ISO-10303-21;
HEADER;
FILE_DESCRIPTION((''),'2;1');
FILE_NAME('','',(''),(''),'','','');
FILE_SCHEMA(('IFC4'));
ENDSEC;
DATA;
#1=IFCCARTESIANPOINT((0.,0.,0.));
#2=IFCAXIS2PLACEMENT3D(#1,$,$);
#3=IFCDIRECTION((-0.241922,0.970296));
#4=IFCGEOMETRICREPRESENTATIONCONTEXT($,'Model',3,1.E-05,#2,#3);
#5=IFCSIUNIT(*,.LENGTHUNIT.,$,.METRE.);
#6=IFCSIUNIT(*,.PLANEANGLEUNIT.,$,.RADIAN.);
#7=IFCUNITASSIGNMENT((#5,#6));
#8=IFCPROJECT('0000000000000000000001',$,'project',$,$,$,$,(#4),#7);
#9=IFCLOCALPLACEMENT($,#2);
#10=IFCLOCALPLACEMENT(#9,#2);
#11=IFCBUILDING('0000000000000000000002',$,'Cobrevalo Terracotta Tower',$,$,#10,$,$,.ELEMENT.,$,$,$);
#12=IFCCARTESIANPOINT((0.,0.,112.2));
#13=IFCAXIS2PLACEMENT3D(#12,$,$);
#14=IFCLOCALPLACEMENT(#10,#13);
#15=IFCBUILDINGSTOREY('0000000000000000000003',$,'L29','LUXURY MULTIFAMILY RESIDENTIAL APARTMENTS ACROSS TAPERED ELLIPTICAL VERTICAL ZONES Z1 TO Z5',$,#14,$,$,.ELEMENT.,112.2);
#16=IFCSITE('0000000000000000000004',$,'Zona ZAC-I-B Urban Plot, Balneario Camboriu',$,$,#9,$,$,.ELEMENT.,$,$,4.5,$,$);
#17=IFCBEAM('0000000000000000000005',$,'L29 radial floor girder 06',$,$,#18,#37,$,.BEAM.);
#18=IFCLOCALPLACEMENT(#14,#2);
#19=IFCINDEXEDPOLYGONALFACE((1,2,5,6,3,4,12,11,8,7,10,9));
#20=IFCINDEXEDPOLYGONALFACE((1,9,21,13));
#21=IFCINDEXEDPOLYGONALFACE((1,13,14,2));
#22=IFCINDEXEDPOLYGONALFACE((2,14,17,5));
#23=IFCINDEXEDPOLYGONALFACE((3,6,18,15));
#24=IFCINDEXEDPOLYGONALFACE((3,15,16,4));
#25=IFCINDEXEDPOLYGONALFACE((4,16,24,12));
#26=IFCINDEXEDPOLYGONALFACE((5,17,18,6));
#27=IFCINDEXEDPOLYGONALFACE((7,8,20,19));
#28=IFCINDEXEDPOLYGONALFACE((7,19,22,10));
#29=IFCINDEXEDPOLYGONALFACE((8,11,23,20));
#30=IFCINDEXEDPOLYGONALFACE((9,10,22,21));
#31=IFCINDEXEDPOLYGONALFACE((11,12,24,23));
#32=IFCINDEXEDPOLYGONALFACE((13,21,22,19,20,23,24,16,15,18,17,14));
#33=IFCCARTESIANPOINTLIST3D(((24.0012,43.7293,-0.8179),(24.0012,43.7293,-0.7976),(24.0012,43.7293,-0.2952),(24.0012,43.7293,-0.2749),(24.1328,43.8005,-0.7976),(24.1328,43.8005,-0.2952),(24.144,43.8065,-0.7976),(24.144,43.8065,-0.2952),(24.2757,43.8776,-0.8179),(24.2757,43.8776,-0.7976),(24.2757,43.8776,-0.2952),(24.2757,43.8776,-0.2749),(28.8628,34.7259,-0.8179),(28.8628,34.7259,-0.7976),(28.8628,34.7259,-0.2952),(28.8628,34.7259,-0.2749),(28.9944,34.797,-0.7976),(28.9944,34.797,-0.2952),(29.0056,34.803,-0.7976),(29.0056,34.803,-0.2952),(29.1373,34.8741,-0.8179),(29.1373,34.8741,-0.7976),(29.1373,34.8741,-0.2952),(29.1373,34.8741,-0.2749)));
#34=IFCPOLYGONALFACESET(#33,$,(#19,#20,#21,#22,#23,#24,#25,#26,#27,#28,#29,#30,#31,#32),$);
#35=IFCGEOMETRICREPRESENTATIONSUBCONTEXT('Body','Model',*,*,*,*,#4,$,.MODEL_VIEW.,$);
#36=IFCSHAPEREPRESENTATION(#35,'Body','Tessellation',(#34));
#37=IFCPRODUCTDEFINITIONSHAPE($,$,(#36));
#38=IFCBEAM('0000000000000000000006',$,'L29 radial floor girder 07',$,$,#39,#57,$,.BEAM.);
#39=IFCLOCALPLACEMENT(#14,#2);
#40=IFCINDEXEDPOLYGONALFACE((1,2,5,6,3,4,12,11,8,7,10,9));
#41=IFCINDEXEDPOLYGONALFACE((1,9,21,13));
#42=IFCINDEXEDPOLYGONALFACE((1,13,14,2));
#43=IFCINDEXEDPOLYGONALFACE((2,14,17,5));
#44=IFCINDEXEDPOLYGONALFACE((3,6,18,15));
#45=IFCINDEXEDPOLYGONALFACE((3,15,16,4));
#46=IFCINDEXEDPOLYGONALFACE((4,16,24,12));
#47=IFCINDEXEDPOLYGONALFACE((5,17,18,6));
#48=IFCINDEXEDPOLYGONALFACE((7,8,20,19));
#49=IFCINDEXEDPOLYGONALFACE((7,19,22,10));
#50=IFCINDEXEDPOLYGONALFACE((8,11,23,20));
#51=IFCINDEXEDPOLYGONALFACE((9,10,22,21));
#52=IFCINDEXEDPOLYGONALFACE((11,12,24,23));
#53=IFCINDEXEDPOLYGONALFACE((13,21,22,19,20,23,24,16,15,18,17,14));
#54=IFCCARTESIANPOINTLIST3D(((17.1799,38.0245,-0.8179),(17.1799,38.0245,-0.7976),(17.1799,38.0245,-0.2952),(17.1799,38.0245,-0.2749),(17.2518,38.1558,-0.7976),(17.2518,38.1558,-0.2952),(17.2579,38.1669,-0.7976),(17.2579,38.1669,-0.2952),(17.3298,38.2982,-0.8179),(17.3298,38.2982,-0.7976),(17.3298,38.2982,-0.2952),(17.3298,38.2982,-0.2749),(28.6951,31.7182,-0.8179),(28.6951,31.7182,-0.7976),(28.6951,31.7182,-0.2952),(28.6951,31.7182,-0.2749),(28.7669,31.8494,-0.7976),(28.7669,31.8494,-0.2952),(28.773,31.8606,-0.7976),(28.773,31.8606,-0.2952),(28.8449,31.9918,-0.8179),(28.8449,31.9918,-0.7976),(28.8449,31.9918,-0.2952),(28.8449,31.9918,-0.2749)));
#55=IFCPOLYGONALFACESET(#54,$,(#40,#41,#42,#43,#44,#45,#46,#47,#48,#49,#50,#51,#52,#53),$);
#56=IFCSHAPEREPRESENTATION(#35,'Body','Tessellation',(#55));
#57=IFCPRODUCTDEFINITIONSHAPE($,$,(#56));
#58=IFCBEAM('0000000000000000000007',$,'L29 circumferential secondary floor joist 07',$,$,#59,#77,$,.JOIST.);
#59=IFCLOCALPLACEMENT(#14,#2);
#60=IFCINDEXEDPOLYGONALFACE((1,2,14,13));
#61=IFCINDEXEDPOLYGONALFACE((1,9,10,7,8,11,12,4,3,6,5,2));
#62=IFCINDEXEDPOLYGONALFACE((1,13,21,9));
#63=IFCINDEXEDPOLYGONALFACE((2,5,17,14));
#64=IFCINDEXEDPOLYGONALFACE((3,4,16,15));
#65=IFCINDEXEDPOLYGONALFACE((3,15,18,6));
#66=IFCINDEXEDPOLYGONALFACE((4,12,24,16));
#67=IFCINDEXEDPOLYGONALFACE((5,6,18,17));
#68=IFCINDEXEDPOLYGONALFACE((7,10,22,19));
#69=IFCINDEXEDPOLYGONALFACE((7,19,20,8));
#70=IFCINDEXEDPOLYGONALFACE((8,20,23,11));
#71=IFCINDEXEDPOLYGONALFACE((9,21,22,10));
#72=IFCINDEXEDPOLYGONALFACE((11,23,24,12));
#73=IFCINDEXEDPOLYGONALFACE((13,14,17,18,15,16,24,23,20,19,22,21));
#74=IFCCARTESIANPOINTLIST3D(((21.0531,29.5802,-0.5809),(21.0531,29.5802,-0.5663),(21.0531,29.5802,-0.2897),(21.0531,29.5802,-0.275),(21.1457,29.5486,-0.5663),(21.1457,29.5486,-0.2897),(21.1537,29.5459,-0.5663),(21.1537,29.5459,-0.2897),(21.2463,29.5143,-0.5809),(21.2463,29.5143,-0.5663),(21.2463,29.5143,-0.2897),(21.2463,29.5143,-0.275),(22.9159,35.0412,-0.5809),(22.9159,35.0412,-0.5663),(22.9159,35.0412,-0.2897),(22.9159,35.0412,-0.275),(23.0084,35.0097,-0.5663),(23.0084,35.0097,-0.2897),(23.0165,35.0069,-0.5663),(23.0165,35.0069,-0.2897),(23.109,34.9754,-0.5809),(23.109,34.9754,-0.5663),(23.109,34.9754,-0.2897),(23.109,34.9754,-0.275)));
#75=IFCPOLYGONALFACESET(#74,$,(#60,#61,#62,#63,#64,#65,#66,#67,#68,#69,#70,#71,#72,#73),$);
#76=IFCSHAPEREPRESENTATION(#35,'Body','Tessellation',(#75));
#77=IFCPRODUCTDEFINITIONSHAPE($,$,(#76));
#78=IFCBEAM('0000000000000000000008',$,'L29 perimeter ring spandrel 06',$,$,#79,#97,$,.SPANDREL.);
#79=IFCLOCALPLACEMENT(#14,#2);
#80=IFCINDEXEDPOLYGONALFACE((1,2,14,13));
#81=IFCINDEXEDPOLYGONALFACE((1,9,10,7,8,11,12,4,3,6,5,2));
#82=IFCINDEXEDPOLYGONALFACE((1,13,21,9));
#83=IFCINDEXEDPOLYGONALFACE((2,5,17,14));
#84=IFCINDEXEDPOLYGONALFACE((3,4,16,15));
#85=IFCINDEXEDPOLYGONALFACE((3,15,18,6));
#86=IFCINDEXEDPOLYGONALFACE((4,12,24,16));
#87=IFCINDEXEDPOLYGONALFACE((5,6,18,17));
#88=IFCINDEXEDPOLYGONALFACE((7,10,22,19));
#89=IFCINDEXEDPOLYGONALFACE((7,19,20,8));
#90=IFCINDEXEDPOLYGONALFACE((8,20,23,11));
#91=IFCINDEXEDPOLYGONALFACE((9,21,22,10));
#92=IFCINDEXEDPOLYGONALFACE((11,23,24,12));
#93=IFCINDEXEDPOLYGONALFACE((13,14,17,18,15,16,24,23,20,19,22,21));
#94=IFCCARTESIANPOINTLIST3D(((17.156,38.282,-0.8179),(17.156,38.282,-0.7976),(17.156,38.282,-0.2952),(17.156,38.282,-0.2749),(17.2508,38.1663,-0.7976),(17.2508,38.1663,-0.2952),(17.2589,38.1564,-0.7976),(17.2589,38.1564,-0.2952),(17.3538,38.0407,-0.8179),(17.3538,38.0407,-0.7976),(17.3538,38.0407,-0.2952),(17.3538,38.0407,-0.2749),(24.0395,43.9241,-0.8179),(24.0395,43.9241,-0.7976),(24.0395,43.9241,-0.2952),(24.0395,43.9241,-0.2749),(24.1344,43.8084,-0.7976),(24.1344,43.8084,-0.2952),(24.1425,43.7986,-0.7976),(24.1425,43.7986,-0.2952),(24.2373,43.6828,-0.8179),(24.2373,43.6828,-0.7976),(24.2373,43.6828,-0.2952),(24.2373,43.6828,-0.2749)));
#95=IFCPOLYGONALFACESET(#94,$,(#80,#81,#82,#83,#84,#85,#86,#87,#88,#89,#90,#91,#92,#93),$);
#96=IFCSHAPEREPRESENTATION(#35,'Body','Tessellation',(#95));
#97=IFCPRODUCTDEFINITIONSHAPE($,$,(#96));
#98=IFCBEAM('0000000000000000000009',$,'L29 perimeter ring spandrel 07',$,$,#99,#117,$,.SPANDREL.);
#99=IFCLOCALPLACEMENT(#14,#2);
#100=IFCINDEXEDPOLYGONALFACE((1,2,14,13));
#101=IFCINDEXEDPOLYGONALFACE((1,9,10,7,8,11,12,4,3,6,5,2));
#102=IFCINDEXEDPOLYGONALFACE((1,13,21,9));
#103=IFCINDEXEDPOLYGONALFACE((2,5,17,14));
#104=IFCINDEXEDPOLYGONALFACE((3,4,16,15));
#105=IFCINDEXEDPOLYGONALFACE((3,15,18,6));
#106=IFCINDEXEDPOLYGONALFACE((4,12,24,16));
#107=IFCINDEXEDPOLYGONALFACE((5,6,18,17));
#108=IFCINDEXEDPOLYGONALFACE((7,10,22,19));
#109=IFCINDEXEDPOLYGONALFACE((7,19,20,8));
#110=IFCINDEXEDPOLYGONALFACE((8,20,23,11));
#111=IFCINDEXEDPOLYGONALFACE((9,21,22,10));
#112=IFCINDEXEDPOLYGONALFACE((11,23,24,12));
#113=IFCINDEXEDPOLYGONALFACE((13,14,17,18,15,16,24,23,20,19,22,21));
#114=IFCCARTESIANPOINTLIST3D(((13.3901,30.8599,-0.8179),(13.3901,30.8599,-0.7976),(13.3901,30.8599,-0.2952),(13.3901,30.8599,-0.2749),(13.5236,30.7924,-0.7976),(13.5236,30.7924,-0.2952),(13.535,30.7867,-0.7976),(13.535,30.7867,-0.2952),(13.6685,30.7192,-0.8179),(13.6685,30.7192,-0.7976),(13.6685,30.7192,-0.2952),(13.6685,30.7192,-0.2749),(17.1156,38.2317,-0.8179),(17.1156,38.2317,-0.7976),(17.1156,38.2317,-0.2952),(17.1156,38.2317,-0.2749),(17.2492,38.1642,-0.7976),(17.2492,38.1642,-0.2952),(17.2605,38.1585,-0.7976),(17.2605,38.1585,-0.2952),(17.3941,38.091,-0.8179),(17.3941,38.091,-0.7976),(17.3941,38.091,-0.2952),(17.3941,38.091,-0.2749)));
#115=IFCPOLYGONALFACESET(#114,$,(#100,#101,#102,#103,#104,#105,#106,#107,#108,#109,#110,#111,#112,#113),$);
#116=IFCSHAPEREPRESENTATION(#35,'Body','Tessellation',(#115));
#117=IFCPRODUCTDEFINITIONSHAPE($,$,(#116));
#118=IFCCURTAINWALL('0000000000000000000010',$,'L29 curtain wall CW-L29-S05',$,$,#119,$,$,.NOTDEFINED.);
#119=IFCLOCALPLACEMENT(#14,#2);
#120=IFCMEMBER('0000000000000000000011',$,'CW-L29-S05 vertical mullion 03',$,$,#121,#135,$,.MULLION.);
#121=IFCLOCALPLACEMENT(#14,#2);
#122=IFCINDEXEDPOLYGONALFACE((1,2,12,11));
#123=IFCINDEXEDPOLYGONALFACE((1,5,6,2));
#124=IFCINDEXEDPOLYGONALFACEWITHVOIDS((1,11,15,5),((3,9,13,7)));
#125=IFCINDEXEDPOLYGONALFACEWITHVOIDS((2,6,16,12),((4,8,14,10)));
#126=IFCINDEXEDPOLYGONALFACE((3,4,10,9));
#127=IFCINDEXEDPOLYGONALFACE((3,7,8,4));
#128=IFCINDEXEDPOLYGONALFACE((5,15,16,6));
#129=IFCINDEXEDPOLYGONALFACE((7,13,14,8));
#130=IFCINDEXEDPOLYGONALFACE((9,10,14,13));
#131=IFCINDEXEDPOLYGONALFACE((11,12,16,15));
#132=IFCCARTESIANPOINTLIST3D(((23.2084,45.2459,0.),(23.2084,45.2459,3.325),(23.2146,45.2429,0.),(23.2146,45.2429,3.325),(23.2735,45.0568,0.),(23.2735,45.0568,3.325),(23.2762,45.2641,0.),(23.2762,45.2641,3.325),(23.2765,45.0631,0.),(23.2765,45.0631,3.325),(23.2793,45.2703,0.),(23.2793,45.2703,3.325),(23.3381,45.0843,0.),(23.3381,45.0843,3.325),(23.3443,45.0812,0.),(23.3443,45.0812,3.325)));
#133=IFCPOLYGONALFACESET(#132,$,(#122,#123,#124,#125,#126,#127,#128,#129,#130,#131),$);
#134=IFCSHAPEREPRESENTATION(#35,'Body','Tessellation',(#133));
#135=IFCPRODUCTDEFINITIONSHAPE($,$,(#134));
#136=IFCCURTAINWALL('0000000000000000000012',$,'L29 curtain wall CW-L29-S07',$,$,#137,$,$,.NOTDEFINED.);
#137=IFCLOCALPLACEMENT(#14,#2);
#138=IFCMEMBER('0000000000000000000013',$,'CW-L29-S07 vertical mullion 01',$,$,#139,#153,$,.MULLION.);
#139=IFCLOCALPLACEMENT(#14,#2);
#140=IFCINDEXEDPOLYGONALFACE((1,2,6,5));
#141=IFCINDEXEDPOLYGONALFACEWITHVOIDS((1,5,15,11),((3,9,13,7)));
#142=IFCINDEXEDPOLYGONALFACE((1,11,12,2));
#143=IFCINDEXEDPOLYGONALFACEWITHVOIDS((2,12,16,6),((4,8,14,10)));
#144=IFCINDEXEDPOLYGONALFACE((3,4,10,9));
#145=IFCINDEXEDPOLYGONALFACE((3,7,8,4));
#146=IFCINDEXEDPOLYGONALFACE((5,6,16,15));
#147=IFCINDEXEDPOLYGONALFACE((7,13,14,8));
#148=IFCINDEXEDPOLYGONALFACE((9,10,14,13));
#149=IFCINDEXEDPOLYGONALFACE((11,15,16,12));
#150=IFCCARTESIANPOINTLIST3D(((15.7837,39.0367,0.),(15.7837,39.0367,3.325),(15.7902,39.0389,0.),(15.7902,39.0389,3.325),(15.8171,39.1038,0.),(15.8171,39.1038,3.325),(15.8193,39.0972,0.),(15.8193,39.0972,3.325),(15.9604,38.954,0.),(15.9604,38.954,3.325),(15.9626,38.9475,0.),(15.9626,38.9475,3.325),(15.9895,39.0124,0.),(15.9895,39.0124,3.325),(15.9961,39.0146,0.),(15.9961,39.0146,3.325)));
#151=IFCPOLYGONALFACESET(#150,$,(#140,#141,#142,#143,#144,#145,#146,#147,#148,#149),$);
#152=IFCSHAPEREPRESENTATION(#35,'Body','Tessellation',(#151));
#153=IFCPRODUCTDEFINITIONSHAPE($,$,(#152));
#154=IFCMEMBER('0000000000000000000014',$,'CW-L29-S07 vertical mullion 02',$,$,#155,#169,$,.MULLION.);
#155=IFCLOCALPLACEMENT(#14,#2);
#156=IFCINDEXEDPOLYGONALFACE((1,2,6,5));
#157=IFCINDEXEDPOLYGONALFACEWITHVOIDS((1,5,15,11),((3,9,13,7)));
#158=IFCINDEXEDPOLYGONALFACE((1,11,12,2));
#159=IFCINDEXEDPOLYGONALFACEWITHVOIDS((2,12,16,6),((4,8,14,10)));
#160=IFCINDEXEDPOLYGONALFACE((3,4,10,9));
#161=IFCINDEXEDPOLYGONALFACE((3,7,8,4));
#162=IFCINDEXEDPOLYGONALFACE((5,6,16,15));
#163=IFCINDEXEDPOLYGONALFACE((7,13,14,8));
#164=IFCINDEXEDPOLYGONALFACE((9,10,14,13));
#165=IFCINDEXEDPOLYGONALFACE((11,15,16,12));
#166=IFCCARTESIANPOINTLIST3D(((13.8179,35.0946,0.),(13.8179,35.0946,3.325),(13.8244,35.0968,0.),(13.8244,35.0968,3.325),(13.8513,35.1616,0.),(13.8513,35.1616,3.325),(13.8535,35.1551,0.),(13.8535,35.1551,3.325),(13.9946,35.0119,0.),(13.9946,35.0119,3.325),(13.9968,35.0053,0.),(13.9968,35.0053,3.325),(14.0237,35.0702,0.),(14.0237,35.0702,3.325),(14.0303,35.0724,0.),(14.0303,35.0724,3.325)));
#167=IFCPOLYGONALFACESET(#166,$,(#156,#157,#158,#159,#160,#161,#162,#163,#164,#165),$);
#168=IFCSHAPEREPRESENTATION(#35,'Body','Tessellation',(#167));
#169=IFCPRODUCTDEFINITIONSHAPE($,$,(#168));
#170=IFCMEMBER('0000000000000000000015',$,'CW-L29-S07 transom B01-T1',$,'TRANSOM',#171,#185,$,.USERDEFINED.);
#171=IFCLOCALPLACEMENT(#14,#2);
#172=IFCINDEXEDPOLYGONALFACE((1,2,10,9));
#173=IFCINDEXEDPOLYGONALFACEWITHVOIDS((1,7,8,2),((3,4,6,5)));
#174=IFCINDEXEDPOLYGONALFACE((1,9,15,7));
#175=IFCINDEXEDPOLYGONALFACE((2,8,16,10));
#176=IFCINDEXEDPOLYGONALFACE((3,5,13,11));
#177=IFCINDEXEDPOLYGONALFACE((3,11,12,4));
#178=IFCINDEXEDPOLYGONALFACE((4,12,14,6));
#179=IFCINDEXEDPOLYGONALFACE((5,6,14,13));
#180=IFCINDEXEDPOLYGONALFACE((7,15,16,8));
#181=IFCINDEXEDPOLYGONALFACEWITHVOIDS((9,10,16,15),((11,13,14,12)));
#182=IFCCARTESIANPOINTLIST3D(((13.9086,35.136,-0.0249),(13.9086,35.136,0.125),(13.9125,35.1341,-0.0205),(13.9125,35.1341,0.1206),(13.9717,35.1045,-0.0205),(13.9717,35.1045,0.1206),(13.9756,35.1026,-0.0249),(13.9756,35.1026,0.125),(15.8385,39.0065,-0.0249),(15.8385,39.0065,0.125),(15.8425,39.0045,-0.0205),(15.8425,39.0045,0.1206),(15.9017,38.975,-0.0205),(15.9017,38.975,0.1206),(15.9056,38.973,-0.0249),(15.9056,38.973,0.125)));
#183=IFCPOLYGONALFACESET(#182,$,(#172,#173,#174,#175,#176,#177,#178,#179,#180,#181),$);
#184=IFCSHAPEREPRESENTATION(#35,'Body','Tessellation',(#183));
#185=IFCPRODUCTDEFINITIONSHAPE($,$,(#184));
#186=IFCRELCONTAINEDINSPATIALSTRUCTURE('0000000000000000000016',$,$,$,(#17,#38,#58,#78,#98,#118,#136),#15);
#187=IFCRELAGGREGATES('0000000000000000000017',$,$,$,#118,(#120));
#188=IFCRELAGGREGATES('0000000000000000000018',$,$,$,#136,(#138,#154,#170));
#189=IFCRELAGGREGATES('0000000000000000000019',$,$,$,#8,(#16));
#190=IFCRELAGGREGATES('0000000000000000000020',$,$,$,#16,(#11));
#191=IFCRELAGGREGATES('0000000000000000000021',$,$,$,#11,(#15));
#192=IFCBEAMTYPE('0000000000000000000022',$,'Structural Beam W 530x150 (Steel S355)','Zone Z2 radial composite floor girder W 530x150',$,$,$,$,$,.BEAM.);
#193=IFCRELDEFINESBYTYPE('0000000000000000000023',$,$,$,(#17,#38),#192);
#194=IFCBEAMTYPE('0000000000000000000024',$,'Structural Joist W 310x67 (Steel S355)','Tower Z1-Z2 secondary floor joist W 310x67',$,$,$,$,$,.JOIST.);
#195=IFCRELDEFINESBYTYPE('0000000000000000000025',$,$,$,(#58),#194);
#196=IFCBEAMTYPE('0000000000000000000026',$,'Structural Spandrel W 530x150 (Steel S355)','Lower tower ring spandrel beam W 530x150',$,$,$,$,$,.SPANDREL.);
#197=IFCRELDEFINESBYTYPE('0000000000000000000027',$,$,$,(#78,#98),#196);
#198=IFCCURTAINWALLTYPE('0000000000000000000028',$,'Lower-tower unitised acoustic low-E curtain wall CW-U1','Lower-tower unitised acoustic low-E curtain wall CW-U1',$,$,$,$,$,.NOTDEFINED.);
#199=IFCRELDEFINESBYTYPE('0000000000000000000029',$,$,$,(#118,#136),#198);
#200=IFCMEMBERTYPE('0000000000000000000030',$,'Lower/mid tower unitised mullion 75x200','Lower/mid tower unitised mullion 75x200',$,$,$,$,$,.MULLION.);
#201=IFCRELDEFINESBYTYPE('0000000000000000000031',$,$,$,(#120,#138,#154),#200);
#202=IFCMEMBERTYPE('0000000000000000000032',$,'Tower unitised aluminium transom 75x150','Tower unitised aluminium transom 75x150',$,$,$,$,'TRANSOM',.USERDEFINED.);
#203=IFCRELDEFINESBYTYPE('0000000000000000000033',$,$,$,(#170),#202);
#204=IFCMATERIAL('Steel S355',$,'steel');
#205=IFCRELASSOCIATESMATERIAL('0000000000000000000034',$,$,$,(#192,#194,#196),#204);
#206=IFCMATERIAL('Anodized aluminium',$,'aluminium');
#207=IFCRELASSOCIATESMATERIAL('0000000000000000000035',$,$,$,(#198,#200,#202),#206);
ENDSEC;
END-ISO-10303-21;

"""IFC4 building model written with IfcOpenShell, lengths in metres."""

from ifc_helpers import new_model, si_unit, direction, frame, origin, origin_2d, place, context, subcontext, project, spatial, hollow_rectangle, i_section, extrude, source, transform, mapped, material, material_profile, profile_set, type_object, element, aggregate, save


model = new_model("IFC4")

# Units and contexts
model_context = context("Model", 3, precision=1e-05, world=origin(), true_north=direction((-0.241922, 0.970296)))
body_context = subcontext(model_context, "Body", "Model", "MODEL_VIEW")
ifc_project = project(units=[si_unit("LENGTHUNIT", "METRE"), si_unit("PLANEANGLEUNIT", "RADIAN")], contexts=[model_context])

# Site, building, storey
site_placement = place(None, origin())
site = spatial("IfcSite", under=ifc_project, at=site_placement, Name="Zona ZAC-I-B Urban Plot, Balneario Camboriu", CompositionType="ELEMENT", RefElevation=4.5)
building_placement = place(site_placement, origin())
building = spatial("IfcBuilding", under=site, at=building_placement, Name="Cobrevalo Terracotta Tower", CompositionType="ELEMENT")
storey_placement = place(building_placement, frame((0.0, 0.0, 112.2)))
storey = spatial("IfcBuildingStorey", under=building, at=storey_placement, Name="L29", Description="LUXURY MULTIFAMILY RESIDENTIAL APARTMENTS ACROSS TAPERED ELLIPTICAL VERTICAL ZONES Z1 TO Z5", CompositionType="ELEMENT", Elevation=112.2)

# Shared definitions
ifc_material_1 = material(Name="Steel S355", Category="steel")

# Beams
ifc_material_profile_1 = material_profile(ifc_material_1, i_section(OverallWidth=0.312, OverallDepth=0.543, WebThickness=0.0127, FlangeThickness=0.0203, at=origin_2d()), Name="W 530x150")
ifc_profile_set_1 = profile_set([ifc_material_profile_1], Name="Steel S355")
beam_type_1 = type_object("IfcBeamType", Name="Structural Beam W 530x150 (Steel S355)", Description="Zone Z2 radial composite floor girder W 530x150", PredefinedType="BEAM", material=ifc_profile_set_1)
beam_1_placement = place(storey_placement, frame((24.1384, 43.8035, -0.5464), z_axis=(0.475128, -0.879917, 0.0), x_axis=(0.879917, 0.475128, 0.0)))
element("IfcBeam", 1, at=beam_1_placement, inside=storey, type_object=beam_type_1, Name="L29 radial floor girder 06", PredefinedType="BEAM", context=body_context, shape_type="SweptSolid", body=[
    extrude(i_section(OverallWidth=0.312, OverallDepth=0.543, WebThickness=0.0127, FlangeThickness=0.0203, at=origin_2d()), origin(), (0.0, 0.0, 1.0), 10.2322),
])
beam_2_placement = place(storey_placement, frame((17.2549, 38.1614, -0.5464), z_axis=(0.877081, -0.480343, 0.0), x_axis=(0.480343, 0.877081, 0.0)))
element("IfcBeam", 2, at=beam_2_placement, inside=storey, type_object=beam_type_1, Name="L29 radial floor girder 07", PredefinedType="BEAM", context=body_context, shape_type="SweptSolid", body=[
    extrude(i_section(OverallWidth=0.312, OverallDepth=0.543, WebThickness=0.0127, FlangeThickness=0.0203, at=origin_2d()), origin(), (0.0, 0.0, 1.0), 13.1289),
])
ifc_material_profile_2 = material_profile(ifc_material_1, i_section(OverallWidth=0.2041, OverallDepth=0.3059, WebThickness=0.0085, FlangeThickness=0.0146, at=origin_2d()), Name="W 310x67")
ifc_profile_set_2 = profile_set([ifc_material_profile_2], Name="Steel S355")
beam_type_2 = type_object("IfcBeamType", Name="Structural Joist W 310x67 (Steel S355)", Description="Tower Z1-Z2 secondary floor joist W 310x67", PredefinedType="JOIST", material=ifc_profile_set_2)
beam_3_placement = place(storey_placement, frame((23.0125, 35.0083, -0.428), z_axis=(-0.322833, -0.946456, 0.0), x_axis=(0.946456, -0.322833, 0.0)))
element("IfcBeam", 3, at=beam_3_placement, inside=storey, type_object=beam_type_2, Name="L29 circumferential secondary floor joist 07", PredefinedType="JOIST", context=body_context, shape_type="SweptSolid", body=[
    extrude(i_section(OverallWidth=0.2041, OverallDepth=0.3059, WebThickness=0.0085, FlangeThickness=0.0146, at=origin_2d()), origin(), (0.0, 0.0, 1.0), 5.77),
])
ifc_material_profile_3 = material_profile(ifc_material_1, i_section(OverallWidth=0.312, OverallDepth=0.543, WebThickness=0.0127, FlangeThickness=0.0203, at=origin_2d()), Name="W 530x150")
ifc_profile_set_3 = profile_set([ifc_material_profile_3], Name="Steel S355")
beam_type_3 = type_object("IfcBeamType", Name="Structural Spandrel W 530x150 (Steel S355)", Description="Lower tower ring spandrel beam W 530x150", PredefinedType="SPANDREL", material=ifc_profile_set_3)
beam_4_placement = place(storey_placement, frame((24.1384, 43.8035, -0.5464), z_axis=(-0.773401, -0.633917, 0.0), x_axis=(0.633917, -0.773401, 0.0)))
element("IfcBeam", 4, at=beam_4_placement, inside=storey, type_object=beam_type_3, Name="L29 perimeter ring spandrel 06", PredefinedType="SPANDREL", context=body_context, shape_type="SweptSolid", body=[
    extrude(i_section(OverallWidth=0.312, OverallDepth=0.543, WebThickness=0.0127, FlangeThickness=0.0203, at=origin_2d()), origin(), (0.0, 0.0, 1.0), 8.9004),
])
beam_5_placement = place(storey_placement, frame((17.2549, 38.1614, -0.5464), z_axis=(-0.451052, -0.892498, 0.0), x_axis=(0.892498, -0.451052, 0.0)))
element("IfcBeam", 5, at=beam_5_placement, inside=storey, type_object=beam_type_3, Name="L29 perimeter ring spandrel 07", PredefinedType="SPANDREL", context=body_context, shape_type="SweptSolid", body=[
    extrude(i_section(OverallWidth=0.312, OverallDepth=0.543, WebThickness=0.0127, FlangeThickness=0.0203, at=origin_2d()), origin(), (0.0, 0.0, 1.0), 8.2598),
])

# Curtain wall, member
ifc_material_2 = material(Name="Anodized aluminium", Category="aluminium")
curtain_wall_type = type_object("IfcCurtainWallType", Name="Lower-tower unitised acoustic low-E curtain wall CW-U1", Description="Lower-tower unitised acoustic low-E curtain wall CW-U1", PredefinedType="NOTDEFINED", material=ifc_material_2)
curtain_wall_1_placement = place(storey_placement, origin())
curtain_wall_1 = element("IfcCurtainWall", 6, at=curtain_wall_1_placement, inside=storey, type_object=curtain_wall_type, Name="L29 curtain wall CW-L29-S05", PredefinedType="NOTDEFINED")
ifc_material_profile_4 = material_profile(ifc_material_2, hollow_rectangle(XDim=0.075, YDim=0.2, WallThickness=0.0049, at=origin_2d()), Name="CWM 75x200")
ifc_profile_set_4 = profile_set([ifc_material_profile_4], Name="Anodized aluminium")
member_type_1 = type_object("IfcMemberType", Name="Lower/mid tower unitised mullion 75x200", Description="Lower/mid tower unitised mullion 75x200", PredefinedType="MULLION", material=ifc_profile_set_4)
shared_shape_1 = source(origin(), body_context, "Body", "SweptSolid", [
    extrude(hollow_rectangle(XDim=0.075, YDim=0.2, WallThickness=0.0049, at=origin_2d()), origin(), (0.0, 0.0, 1.0), 3.325),
])
member_1_placement = place(storey_placement, frame((23.2764, 45.1636, 0.0), z_axis=(0.0, 0.0, 1.0), x_axis=(-0.945598, -0.325337, 0.0)))
member_1 = element("IfcMember", 7, at=member_1_placement, type_object=member_type_1, Name="CW-L29-S05 vertical mullion 03", PredefinedType="MULLION", context=body_context, shape_type="MappedRepresentation", body=[
    mapped(shared_shape_1, transform((0.0, 0.0, 0.0), scale=1.0)),
])
aggregate(curtain_wall_1, [member_1])

# Curtain wall, members
curtain_wall_2_placement = place(storey_placement, origin())
curtain_wall_2 = element("IfcCurtainWall", 8, at=curtain_wall_2_placement, inside=storey, type_object=curtain_wall_type, Name="L29 curtain wall CW-L29-S07", PredefinedType="NOTDEFINED")
member_2_placement = place(storey_placement, frame((15.8899, 39.0256, 0.0), z_axis=(0.0, 0.0, 1.0), x_axis=(-0.44626, -0.894903, 0.0)))
member_2 = element("IfcMember", 9, at=member_2_placement, type_object=member_type_1, Name="CW-L29-S07 vertical mullion 01", PredefinedType="MULLION", context=body_context, shape_type="MappedRepresentation", body=[
    mapped(shared_shape_1, transform((0.0, 0.0, 0.0), scale=1.0)),
])
member_3_placement = place(storey_placement, frame((13.9241, 35.0835, 0.0), z_axis=(0.0, 0.0, 1.0), x_axis=(-0.44626, -0.894903, 0.0)))
member_3 = element("IfcMember", 10, at=member_3_placement, type_object=member_type_1, Name="CW-L29-S07 vertical mullion 02", PredefinedType="MULLION", context=body_context, shape_type="MappedRepresentation", body=[
    mapped(shared_shape_1, transform((0.0, 0.0, 0.0), scale=1.0)),
])
ifc_material_profile_5 = material_profile(ifc_material_2, hollow_rectangle(XDim=0.075, YDim=0.1499, WallThickness=0.0044, at=origin_2d()), Name="CWT 75x150")
ifc_profile_set_5 = profile_set([ifc_material_profile_5], Name="Anodized aluminium")
member_type_2 = type_object("IfcMemberType", Name="Tower unitised aluminium transom 75x150", Description="Tower unitised aluminium transom 75x150", ElementType="TRANSOM", PredefinedType="USERDEFINED", material=ifc_profile_set_5)
shared_shape_2 = source(origin(), body_context, "Body", "SweptSolid", [
    extrude(hollow_rectangle(XDim=0.075, YDim=0.1499, WallThickness=0.0044, at=origin_2d()), origin(), (0.0, 0.0, 1.0), 4.325),
])
member_4_placement = place(storey_placement, frame((15.8721, 38.9897, 0.05), z_axis=(-0.446242, -0.894912, 0.0), x_axis=(0.894912, -0.446242, 0.0)))
member_4 = element("IfcMember", 11, at=member_4_placement, type_object=member_type_2, Name="CW-L29-S07 transom B01-T1", ObjectType="TRANSOM", PredefinedType="USERDEFINED", context=body_context, shape_type="MappedRepresentation", body=[
    mapped(shared_shape_2, transform((0.0, 0.0, 0.0), scale=1.0)),
])
aggregate(curtain_wall_2, [member_2, member_3, member_4])

save(model, "model.ifc")
